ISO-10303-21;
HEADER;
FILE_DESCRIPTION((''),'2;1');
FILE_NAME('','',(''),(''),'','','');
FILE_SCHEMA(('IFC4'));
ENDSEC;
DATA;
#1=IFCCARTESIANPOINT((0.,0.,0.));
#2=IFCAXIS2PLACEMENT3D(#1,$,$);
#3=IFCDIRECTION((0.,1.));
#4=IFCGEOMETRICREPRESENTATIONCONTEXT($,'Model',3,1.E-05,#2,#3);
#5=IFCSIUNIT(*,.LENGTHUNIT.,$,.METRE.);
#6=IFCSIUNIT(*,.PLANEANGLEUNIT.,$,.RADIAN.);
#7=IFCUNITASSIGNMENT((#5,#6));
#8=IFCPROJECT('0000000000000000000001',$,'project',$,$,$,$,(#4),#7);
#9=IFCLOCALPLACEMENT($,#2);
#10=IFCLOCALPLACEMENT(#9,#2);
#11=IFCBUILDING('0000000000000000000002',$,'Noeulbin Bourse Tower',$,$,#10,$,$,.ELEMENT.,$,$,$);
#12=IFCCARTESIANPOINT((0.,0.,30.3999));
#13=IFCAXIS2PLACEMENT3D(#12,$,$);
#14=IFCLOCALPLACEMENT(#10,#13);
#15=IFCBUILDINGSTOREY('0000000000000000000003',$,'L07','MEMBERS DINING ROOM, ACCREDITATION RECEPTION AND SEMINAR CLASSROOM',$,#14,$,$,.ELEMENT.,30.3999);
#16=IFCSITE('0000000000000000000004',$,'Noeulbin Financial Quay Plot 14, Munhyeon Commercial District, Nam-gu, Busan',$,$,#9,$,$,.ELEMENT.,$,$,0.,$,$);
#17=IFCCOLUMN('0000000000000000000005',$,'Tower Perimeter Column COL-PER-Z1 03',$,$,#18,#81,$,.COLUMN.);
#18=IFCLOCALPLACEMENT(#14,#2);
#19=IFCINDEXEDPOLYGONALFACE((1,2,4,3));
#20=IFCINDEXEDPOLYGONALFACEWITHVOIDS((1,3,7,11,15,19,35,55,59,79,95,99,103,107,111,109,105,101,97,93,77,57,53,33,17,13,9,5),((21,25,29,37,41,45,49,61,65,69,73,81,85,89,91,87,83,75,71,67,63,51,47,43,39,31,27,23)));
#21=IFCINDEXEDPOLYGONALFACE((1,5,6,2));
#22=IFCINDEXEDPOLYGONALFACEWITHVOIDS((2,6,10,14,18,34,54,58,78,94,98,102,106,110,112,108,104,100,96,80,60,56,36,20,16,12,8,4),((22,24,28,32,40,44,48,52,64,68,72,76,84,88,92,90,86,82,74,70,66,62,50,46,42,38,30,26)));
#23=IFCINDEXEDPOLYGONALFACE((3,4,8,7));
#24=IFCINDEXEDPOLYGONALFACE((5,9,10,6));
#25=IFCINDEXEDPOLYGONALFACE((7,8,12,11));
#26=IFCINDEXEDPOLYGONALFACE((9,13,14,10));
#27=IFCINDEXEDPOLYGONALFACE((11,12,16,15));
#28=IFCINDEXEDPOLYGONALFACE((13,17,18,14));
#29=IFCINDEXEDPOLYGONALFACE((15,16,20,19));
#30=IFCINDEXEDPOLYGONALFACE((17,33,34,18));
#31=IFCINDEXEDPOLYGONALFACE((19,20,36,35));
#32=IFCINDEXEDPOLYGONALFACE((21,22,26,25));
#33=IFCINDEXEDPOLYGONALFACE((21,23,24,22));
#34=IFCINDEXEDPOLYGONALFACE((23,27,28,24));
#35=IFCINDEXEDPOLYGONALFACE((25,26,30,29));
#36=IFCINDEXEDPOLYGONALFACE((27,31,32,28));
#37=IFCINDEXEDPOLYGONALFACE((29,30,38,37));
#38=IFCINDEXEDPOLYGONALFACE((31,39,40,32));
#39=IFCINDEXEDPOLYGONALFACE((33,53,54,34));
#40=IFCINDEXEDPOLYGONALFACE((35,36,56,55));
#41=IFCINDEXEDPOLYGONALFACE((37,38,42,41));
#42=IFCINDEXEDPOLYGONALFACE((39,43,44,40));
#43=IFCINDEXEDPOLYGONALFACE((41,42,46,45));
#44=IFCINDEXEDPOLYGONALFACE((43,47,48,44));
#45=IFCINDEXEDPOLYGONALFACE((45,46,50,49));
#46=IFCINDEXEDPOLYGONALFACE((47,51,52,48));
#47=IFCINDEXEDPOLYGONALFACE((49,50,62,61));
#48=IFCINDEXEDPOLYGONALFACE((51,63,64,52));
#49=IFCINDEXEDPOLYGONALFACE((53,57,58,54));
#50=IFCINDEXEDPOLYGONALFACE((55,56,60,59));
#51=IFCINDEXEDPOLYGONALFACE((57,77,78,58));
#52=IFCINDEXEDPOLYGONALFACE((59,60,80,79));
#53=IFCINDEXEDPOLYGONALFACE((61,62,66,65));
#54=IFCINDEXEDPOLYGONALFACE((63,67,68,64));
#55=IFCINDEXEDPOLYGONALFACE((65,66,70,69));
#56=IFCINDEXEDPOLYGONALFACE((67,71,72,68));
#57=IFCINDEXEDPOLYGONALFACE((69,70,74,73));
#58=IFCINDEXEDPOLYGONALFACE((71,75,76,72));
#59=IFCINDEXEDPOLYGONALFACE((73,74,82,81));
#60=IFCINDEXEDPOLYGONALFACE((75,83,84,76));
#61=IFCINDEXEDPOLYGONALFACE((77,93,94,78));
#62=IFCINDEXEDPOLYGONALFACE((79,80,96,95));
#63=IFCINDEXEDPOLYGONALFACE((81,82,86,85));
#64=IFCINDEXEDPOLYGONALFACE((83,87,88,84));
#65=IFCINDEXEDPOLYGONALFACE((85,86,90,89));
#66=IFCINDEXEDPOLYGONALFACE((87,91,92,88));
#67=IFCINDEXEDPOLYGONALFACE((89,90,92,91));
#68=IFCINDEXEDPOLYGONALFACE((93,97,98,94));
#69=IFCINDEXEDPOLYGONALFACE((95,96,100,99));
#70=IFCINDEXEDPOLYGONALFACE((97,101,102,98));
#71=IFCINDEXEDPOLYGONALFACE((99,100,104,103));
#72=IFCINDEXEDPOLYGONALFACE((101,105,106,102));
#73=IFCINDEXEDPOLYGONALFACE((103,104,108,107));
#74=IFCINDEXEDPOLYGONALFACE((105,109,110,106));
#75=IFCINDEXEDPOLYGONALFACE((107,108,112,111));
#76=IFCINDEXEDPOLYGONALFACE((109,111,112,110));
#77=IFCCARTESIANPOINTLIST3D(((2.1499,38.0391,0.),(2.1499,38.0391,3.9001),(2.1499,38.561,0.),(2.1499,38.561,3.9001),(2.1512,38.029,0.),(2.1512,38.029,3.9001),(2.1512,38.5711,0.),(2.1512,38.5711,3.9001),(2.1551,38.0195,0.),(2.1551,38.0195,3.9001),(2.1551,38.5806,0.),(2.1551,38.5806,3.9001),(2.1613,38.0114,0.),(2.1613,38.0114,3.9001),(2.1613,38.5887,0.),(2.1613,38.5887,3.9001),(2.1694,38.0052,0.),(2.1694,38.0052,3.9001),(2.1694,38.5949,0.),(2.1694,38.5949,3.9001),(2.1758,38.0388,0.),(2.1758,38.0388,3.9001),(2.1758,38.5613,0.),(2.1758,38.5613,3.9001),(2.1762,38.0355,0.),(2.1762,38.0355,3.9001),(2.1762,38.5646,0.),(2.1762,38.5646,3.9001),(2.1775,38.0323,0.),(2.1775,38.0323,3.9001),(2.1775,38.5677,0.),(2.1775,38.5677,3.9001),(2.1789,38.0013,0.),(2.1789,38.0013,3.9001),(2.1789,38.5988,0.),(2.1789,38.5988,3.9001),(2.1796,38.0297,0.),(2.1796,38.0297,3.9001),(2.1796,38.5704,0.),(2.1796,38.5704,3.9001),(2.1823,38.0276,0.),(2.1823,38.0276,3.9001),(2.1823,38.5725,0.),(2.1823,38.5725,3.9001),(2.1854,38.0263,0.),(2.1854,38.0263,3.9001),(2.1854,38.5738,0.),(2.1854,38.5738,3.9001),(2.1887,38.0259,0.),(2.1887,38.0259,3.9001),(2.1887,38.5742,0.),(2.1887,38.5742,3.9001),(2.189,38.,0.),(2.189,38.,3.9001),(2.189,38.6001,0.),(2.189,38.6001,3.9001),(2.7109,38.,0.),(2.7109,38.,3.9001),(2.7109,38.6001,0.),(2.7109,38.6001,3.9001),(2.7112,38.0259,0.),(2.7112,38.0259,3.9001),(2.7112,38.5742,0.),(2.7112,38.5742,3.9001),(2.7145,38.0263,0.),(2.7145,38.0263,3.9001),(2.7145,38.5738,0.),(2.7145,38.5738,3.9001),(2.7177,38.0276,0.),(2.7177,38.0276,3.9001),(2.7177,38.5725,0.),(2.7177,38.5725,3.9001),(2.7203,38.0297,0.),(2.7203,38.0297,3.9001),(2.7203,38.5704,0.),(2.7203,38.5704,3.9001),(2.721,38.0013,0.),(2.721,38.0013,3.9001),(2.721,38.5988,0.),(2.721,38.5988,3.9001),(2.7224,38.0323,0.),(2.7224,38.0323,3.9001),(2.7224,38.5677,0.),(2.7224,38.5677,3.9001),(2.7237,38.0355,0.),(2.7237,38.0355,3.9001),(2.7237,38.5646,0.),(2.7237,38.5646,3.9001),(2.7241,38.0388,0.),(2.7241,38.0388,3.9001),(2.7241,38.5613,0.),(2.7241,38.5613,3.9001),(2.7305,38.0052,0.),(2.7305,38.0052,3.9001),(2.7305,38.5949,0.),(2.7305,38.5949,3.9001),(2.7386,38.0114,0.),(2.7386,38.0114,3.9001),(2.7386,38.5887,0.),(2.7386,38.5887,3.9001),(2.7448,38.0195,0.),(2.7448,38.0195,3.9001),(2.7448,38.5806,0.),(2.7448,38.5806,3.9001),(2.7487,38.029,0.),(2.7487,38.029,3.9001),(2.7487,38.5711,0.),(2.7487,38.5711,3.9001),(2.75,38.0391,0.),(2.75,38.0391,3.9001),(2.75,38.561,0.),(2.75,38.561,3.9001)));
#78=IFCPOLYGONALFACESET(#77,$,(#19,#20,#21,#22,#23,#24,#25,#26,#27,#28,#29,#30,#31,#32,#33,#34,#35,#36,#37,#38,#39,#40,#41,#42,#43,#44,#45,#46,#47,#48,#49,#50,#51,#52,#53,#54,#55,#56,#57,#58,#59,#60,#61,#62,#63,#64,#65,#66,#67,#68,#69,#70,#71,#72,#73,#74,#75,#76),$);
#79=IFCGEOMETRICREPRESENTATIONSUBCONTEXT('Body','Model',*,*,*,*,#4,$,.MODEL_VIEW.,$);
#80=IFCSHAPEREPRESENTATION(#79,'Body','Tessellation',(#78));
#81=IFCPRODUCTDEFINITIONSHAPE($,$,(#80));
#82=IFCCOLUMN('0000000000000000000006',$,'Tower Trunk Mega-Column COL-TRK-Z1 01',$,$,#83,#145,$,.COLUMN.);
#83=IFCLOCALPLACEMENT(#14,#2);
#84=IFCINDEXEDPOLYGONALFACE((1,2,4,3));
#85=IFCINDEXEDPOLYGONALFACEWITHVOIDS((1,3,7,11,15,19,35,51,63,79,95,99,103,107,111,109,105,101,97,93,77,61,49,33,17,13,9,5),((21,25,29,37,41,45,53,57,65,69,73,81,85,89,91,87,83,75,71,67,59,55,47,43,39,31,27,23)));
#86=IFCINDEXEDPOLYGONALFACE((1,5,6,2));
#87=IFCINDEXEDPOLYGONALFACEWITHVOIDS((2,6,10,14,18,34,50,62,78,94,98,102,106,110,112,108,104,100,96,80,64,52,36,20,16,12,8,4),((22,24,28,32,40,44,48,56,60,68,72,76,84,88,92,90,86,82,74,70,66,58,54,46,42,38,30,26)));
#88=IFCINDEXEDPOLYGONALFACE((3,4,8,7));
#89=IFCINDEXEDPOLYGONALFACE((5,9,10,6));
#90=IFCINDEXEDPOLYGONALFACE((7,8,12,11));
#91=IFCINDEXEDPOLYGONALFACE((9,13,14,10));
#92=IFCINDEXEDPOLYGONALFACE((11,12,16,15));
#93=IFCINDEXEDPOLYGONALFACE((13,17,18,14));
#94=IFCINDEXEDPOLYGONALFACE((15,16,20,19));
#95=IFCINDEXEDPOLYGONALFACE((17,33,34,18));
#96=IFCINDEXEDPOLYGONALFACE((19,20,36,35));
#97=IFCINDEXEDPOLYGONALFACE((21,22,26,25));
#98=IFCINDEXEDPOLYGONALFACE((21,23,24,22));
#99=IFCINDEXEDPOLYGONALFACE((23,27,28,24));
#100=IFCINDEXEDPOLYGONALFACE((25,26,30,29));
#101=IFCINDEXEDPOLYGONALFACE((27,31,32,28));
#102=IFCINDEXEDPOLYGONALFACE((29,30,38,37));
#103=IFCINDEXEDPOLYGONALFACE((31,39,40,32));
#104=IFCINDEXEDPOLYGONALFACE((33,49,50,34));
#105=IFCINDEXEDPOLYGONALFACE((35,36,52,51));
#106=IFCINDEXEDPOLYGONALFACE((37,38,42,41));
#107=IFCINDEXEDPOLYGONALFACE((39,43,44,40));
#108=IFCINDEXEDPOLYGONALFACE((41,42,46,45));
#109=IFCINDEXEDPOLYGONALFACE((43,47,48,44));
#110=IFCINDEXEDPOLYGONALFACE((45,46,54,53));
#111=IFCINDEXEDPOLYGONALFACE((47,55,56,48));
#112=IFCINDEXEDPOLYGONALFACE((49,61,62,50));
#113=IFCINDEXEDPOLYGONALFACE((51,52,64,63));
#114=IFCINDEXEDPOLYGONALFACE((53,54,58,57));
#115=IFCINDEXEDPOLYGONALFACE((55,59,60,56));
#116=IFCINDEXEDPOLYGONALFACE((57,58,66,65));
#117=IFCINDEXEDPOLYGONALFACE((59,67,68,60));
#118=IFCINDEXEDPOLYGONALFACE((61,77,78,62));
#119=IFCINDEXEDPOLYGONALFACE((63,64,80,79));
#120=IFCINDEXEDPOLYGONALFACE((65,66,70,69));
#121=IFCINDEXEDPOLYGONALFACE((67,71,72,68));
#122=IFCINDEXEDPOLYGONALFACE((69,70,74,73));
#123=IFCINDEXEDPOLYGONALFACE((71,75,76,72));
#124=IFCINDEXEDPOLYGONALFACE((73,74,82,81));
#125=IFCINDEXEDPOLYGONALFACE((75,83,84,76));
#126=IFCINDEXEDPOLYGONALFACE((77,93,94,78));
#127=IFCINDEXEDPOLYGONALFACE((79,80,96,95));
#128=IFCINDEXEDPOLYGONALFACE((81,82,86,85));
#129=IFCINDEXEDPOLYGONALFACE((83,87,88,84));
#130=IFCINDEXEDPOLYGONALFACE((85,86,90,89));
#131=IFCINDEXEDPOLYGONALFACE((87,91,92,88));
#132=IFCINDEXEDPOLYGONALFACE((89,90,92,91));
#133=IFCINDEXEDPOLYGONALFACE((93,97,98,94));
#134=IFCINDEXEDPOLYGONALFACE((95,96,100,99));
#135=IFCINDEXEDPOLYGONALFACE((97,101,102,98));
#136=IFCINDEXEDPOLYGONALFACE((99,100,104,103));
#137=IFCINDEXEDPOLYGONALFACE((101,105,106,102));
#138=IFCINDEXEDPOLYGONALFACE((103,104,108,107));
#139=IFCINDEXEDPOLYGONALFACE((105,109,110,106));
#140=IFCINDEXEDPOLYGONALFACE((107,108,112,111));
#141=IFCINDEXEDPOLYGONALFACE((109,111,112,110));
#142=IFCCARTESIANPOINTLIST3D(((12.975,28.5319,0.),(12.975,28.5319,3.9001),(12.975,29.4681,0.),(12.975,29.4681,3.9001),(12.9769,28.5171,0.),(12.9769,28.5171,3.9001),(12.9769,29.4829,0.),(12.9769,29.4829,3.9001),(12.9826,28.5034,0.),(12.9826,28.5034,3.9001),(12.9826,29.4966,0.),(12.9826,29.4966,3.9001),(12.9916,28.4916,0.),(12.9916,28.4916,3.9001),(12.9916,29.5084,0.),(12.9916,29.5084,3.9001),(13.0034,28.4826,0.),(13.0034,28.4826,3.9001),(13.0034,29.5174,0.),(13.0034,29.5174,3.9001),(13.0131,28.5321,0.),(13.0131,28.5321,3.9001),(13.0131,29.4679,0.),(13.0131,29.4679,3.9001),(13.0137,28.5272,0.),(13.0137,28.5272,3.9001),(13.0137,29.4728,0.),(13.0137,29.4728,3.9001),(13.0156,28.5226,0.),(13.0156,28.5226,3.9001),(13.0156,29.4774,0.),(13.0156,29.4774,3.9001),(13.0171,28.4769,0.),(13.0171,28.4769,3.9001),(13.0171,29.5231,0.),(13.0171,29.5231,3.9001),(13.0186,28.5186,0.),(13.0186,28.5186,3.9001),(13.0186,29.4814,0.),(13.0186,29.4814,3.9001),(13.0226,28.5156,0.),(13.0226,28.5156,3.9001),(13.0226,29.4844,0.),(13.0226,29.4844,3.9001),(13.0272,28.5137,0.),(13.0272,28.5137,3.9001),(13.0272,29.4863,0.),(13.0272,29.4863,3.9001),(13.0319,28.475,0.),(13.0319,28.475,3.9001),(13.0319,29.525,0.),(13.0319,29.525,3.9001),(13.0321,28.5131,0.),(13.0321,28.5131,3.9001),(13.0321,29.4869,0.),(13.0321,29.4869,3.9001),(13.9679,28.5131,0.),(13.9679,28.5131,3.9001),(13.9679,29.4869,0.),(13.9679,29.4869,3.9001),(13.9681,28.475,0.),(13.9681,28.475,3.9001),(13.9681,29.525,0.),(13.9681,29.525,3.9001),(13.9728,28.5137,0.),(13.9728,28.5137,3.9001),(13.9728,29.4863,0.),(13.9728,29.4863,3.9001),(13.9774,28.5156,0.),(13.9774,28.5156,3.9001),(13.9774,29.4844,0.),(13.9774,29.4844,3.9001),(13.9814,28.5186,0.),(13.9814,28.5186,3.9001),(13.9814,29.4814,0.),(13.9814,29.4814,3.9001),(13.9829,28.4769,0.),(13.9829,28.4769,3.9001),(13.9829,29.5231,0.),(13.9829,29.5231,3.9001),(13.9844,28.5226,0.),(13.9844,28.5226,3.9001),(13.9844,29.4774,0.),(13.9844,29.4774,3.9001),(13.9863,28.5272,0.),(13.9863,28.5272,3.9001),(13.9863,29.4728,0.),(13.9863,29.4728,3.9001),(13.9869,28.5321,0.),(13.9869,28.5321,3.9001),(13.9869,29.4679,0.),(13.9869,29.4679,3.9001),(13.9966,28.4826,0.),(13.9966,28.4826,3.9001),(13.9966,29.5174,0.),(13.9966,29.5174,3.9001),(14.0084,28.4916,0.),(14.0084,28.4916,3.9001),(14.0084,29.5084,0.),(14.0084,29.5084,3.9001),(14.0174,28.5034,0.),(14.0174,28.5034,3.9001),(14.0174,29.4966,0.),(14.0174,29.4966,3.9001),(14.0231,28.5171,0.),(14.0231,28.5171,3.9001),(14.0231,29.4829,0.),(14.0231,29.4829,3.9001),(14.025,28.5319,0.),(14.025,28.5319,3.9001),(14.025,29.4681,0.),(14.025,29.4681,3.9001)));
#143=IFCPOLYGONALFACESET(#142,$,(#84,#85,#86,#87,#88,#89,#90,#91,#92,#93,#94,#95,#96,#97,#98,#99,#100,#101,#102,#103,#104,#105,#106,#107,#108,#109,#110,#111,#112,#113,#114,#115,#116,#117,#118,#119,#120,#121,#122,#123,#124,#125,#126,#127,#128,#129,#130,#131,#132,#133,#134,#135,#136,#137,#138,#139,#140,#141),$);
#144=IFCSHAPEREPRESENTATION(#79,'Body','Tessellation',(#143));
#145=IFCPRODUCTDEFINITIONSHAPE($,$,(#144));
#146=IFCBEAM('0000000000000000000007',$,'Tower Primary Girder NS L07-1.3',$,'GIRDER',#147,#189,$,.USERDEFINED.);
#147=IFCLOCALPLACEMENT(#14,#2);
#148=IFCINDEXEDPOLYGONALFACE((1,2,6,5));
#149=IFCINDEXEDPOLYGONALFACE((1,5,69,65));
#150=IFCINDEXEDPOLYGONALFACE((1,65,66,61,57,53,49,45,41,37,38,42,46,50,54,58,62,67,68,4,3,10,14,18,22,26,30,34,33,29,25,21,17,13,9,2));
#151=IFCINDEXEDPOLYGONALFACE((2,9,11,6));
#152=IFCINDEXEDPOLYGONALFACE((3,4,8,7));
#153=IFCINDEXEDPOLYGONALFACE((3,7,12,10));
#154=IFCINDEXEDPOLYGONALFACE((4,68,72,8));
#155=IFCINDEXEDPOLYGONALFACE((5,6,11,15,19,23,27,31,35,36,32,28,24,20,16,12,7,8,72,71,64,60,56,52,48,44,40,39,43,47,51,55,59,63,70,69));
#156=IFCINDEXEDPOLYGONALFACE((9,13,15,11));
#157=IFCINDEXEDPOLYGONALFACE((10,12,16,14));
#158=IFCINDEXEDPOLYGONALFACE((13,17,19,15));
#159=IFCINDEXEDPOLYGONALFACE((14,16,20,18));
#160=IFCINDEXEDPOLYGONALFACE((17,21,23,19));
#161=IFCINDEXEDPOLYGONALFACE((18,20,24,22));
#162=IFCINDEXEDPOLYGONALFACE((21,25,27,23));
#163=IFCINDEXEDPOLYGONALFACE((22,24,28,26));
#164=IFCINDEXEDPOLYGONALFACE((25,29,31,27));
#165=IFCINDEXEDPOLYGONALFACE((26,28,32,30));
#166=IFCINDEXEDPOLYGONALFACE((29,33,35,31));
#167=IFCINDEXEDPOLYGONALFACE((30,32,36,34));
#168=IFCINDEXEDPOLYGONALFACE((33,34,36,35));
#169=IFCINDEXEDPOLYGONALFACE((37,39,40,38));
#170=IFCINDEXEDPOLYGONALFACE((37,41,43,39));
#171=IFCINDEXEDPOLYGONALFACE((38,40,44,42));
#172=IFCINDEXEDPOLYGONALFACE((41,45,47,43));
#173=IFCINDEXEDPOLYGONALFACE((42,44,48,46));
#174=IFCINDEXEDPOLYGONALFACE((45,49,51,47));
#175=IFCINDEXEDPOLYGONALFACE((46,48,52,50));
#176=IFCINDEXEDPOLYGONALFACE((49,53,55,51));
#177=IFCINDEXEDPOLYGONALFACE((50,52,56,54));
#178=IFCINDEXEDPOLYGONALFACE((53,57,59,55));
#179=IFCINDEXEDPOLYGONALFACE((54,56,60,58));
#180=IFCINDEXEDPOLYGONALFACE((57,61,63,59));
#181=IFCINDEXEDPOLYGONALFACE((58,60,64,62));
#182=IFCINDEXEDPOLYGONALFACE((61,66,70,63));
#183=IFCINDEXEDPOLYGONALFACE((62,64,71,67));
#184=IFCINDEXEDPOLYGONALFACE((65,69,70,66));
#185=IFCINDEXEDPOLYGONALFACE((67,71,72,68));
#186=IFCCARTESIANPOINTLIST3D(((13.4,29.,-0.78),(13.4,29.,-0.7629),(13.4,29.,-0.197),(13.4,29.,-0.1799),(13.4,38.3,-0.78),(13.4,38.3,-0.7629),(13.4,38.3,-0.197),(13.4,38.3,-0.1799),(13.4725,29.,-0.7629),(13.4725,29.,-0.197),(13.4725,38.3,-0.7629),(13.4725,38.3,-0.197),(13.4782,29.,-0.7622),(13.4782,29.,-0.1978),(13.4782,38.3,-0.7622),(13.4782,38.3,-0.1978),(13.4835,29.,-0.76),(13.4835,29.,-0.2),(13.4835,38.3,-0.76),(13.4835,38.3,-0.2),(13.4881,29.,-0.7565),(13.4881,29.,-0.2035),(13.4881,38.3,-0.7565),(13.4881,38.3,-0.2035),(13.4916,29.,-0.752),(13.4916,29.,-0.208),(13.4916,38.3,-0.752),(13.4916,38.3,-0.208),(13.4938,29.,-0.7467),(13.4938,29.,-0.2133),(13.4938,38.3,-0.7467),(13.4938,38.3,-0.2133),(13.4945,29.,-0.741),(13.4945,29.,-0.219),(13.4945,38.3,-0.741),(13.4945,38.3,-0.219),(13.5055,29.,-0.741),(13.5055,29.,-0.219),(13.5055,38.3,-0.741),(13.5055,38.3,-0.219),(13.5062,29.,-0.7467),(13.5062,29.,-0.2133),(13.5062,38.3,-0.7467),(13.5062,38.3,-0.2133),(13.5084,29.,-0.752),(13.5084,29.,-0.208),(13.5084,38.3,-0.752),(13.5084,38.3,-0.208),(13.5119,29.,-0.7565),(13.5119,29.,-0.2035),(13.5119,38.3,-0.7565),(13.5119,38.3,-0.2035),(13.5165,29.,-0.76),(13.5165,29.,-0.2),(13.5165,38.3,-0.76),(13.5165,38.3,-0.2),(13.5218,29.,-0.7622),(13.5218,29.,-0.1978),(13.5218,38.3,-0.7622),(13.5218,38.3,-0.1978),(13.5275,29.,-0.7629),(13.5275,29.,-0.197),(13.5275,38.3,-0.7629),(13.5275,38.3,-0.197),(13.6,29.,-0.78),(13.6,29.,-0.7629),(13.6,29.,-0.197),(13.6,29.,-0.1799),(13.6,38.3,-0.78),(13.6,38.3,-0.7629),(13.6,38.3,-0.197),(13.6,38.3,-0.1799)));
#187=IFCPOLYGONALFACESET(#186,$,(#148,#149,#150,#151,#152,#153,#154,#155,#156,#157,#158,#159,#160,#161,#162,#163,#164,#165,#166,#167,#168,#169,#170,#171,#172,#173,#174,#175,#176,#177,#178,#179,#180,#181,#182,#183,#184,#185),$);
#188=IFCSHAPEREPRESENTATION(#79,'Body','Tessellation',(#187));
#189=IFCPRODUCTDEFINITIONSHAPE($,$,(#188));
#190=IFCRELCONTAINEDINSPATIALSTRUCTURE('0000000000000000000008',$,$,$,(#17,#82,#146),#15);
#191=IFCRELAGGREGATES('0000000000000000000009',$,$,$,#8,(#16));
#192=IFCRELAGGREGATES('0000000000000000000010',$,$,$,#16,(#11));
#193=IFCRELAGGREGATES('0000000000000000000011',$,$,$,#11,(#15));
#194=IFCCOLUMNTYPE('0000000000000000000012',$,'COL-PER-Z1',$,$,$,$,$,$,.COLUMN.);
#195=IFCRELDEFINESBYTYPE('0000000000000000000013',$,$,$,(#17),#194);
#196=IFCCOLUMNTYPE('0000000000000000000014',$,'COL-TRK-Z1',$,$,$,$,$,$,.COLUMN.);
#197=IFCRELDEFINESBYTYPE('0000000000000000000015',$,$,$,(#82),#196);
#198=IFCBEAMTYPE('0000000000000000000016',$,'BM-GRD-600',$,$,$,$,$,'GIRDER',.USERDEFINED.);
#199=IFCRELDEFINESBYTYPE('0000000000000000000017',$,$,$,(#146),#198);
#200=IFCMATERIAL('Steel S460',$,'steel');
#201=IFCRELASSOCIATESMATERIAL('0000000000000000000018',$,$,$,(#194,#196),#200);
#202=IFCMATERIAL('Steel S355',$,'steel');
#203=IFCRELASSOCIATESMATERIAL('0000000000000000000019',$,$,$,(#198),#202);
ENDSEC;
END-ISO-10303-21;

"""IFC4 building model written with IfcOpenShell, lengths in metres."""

from ifc_helpers import new_model, si_unit, direction, frame, origin, origin_2d, place, context, subcontext, project, spatial, hollow_rectangle, i_section, extrude, material, material_profile, profile_set, type_object, element, save


model = new_model("IFC4")

# Units and contexts
model_context = context("Model", 3, precision=1e-05, world=origin(), true_north=direction((0.0, 1.0)))
body_context = subcontext(model_context, "Body", "Model", "MODEL_VIEW")
ifc_project = project(units=[si_unit("LENGTHUNIT", "METRE"), si_unit("PLANEANGLEUNIT", "RADIAN")], contexts=[model_context])

# Site, building, storey
site_placement = place(None, origin())
site = spatial("IfcSite", under=ifc_project, at=site_placement, Name="Noeulbin Financial Quay Plot 14, Munhyeon Commercial District, Nam-gu, Busan", CompositionType="ELEMENT", RefElevation=0.0)
building_placement = place(site_placement, origin())
building = spatial("IfcBuilding", under=site, at=building_placement, Name="Noeulbin Bourse Tower", CompositionType="ELEMENT")
storey_placement = place(building_placement, frame((0.0, 0.0, 30.3999)))
storey = spatial("IfcBuildingStorey", under=building, at=storey_placement, Name="L07", Description="MEMBERS DINING ROOM, ACCREDITATION RECEPTION AND SEMINAR CLASSROOM", CompositionType="ELEMENT", Elevation=30.3999)

# Columns
ifc_material_1 = material(Name="Steel S460", Category="steel")
ifc_material_profile_1 = material_profile(ifc_material_1, hollow_rectangle(XDim=0.6001, YDim=0.6001, WallThickness=0.0259, InnerFilletRadius=0.0129, OuterFilletRadius=0.0391, at=origin_2d()), Name="BOX-600x600x26", Category="LoadBearing")
ifc_profile_set_1 = profile_set([ifc_material_profile_1], Name="Steel S460")
column_type_1 = type_object("IfcColumnType", Name="COL-PER-Z1", PredefinedType="COLUMN", material=ifc_profile_set_1)
column_1_placement = place(storey_placement, frame((2.45, 38.3, 0.0), z_axis=(0.0, 0.0, 1.0), x_axis=(1.0, 0.0, 0.0)))
element("IfcColumn", 1, at=column_1_placement, inside=storey, type_object=column_type_1, Name="Tower Perimeter Column COL-PER-Z1 03", PredefinedType="COLUMN", context=body_context, shape_type="SweptSolid", body=[
    extrude(hollow_rectangle(XDim=0.6001, YDim=0.6001, WallThickness=0.0259, InnerFilletRadius=0.0129, OuterFilletRadius=0.0391, at=origin_2d()), origin(), (0.0, 0.0, 1.0), 3.9001),
])
ifc_material_profile_2 = material_profile(ifc_material_1, hollow_rectangle(XDim=1.05, YDim=1.05, WallThickness=0.0381, InnerFilletRadius=0.019, OuterFilletRadius=0.0569, at=origin_2d()), Name="BOX-1050x1050x38", Category="LoadBearing")
ifc_profile_set_2 = profile_set([ifc_material_profile_2], Name="Steel S460")
column_type_2 = type_object("IfcColumnType", Name="COL-TRK-Z1", PredefinedType="COLUMN", material=ifc_profile_set_2)
column_2_placement = place(storey_placement, frame((13.5, 29.0, 0.0), z_axis=(0.0, 0.0, 1.0), x_axis=(1.0, 0.0, 0.0)))
element("IfcColumn", 2, at=column_2_placement, inside=storey, type_object=column_type_2, Name="Tower Trunk Mega-Column COL-TRK-Z1 01", PredefinedType="COLUMN", context=body_context, shape_type="SweptSolid", body=[
    extrude(hollow_rectangle(XDim=1.05, YDim=1.05, WallThickness=0.0381, InnerFilletRadius=0.019, OuterFilletRadius=0.0569, at=origin_2d()), origin(), (0.0, 0.0, 1.0), 3.9001),
])

# Beam
ifc_material_2 = material(Name="Steel S355", Category="steel")
ifc_material_profile_3 = material_profile(ifc_material_2, i_section(OverallWidth=0.2, OverallDepth=0.6001, WebThickness=0.011, FlangeThickness=0.0171, FilletRadius=0.022, at=origin_2d()), Name="H-600x200x11x17", Category="LoadBearing")
ifc_profile_set_3 = profile_set([ifc_material_profile_3], Name="Steel S355")
beam_type_1 = type_object("IfcBeamType", Name="BM-GRD-600", ElementType="GIRDER", PredefinedType="USERDEFINED", material=ifc_profile_set_3)
beam_1_placement = place(storey_placement, frame((13.5, 29.0, -0.48), z_axis=(0.0, 1.0, 0.0), x_axis=(-1.0, 0.0, 0.0)))
element("IfcBeam", 3, at=beam_1_placement, inside=storey, type_object=beam_type_1, Name="Tower Primary Girder NS L07-1.3", ObjectType="GIRDER", PredefinedType="USERDEFINED", context=body_context, shape_type="SweptSolid", body=[
    extrude(i_section(OverallWidth=0.2, OverallDepth=0.6001, WebThickness=0.011, FlangeThickness=0.0171, FilletRadius=0.022, at=origin_2d()), origin(), (0.0, 0.0, 1.0), 9.3),
])

save(model, "model.ifc")
